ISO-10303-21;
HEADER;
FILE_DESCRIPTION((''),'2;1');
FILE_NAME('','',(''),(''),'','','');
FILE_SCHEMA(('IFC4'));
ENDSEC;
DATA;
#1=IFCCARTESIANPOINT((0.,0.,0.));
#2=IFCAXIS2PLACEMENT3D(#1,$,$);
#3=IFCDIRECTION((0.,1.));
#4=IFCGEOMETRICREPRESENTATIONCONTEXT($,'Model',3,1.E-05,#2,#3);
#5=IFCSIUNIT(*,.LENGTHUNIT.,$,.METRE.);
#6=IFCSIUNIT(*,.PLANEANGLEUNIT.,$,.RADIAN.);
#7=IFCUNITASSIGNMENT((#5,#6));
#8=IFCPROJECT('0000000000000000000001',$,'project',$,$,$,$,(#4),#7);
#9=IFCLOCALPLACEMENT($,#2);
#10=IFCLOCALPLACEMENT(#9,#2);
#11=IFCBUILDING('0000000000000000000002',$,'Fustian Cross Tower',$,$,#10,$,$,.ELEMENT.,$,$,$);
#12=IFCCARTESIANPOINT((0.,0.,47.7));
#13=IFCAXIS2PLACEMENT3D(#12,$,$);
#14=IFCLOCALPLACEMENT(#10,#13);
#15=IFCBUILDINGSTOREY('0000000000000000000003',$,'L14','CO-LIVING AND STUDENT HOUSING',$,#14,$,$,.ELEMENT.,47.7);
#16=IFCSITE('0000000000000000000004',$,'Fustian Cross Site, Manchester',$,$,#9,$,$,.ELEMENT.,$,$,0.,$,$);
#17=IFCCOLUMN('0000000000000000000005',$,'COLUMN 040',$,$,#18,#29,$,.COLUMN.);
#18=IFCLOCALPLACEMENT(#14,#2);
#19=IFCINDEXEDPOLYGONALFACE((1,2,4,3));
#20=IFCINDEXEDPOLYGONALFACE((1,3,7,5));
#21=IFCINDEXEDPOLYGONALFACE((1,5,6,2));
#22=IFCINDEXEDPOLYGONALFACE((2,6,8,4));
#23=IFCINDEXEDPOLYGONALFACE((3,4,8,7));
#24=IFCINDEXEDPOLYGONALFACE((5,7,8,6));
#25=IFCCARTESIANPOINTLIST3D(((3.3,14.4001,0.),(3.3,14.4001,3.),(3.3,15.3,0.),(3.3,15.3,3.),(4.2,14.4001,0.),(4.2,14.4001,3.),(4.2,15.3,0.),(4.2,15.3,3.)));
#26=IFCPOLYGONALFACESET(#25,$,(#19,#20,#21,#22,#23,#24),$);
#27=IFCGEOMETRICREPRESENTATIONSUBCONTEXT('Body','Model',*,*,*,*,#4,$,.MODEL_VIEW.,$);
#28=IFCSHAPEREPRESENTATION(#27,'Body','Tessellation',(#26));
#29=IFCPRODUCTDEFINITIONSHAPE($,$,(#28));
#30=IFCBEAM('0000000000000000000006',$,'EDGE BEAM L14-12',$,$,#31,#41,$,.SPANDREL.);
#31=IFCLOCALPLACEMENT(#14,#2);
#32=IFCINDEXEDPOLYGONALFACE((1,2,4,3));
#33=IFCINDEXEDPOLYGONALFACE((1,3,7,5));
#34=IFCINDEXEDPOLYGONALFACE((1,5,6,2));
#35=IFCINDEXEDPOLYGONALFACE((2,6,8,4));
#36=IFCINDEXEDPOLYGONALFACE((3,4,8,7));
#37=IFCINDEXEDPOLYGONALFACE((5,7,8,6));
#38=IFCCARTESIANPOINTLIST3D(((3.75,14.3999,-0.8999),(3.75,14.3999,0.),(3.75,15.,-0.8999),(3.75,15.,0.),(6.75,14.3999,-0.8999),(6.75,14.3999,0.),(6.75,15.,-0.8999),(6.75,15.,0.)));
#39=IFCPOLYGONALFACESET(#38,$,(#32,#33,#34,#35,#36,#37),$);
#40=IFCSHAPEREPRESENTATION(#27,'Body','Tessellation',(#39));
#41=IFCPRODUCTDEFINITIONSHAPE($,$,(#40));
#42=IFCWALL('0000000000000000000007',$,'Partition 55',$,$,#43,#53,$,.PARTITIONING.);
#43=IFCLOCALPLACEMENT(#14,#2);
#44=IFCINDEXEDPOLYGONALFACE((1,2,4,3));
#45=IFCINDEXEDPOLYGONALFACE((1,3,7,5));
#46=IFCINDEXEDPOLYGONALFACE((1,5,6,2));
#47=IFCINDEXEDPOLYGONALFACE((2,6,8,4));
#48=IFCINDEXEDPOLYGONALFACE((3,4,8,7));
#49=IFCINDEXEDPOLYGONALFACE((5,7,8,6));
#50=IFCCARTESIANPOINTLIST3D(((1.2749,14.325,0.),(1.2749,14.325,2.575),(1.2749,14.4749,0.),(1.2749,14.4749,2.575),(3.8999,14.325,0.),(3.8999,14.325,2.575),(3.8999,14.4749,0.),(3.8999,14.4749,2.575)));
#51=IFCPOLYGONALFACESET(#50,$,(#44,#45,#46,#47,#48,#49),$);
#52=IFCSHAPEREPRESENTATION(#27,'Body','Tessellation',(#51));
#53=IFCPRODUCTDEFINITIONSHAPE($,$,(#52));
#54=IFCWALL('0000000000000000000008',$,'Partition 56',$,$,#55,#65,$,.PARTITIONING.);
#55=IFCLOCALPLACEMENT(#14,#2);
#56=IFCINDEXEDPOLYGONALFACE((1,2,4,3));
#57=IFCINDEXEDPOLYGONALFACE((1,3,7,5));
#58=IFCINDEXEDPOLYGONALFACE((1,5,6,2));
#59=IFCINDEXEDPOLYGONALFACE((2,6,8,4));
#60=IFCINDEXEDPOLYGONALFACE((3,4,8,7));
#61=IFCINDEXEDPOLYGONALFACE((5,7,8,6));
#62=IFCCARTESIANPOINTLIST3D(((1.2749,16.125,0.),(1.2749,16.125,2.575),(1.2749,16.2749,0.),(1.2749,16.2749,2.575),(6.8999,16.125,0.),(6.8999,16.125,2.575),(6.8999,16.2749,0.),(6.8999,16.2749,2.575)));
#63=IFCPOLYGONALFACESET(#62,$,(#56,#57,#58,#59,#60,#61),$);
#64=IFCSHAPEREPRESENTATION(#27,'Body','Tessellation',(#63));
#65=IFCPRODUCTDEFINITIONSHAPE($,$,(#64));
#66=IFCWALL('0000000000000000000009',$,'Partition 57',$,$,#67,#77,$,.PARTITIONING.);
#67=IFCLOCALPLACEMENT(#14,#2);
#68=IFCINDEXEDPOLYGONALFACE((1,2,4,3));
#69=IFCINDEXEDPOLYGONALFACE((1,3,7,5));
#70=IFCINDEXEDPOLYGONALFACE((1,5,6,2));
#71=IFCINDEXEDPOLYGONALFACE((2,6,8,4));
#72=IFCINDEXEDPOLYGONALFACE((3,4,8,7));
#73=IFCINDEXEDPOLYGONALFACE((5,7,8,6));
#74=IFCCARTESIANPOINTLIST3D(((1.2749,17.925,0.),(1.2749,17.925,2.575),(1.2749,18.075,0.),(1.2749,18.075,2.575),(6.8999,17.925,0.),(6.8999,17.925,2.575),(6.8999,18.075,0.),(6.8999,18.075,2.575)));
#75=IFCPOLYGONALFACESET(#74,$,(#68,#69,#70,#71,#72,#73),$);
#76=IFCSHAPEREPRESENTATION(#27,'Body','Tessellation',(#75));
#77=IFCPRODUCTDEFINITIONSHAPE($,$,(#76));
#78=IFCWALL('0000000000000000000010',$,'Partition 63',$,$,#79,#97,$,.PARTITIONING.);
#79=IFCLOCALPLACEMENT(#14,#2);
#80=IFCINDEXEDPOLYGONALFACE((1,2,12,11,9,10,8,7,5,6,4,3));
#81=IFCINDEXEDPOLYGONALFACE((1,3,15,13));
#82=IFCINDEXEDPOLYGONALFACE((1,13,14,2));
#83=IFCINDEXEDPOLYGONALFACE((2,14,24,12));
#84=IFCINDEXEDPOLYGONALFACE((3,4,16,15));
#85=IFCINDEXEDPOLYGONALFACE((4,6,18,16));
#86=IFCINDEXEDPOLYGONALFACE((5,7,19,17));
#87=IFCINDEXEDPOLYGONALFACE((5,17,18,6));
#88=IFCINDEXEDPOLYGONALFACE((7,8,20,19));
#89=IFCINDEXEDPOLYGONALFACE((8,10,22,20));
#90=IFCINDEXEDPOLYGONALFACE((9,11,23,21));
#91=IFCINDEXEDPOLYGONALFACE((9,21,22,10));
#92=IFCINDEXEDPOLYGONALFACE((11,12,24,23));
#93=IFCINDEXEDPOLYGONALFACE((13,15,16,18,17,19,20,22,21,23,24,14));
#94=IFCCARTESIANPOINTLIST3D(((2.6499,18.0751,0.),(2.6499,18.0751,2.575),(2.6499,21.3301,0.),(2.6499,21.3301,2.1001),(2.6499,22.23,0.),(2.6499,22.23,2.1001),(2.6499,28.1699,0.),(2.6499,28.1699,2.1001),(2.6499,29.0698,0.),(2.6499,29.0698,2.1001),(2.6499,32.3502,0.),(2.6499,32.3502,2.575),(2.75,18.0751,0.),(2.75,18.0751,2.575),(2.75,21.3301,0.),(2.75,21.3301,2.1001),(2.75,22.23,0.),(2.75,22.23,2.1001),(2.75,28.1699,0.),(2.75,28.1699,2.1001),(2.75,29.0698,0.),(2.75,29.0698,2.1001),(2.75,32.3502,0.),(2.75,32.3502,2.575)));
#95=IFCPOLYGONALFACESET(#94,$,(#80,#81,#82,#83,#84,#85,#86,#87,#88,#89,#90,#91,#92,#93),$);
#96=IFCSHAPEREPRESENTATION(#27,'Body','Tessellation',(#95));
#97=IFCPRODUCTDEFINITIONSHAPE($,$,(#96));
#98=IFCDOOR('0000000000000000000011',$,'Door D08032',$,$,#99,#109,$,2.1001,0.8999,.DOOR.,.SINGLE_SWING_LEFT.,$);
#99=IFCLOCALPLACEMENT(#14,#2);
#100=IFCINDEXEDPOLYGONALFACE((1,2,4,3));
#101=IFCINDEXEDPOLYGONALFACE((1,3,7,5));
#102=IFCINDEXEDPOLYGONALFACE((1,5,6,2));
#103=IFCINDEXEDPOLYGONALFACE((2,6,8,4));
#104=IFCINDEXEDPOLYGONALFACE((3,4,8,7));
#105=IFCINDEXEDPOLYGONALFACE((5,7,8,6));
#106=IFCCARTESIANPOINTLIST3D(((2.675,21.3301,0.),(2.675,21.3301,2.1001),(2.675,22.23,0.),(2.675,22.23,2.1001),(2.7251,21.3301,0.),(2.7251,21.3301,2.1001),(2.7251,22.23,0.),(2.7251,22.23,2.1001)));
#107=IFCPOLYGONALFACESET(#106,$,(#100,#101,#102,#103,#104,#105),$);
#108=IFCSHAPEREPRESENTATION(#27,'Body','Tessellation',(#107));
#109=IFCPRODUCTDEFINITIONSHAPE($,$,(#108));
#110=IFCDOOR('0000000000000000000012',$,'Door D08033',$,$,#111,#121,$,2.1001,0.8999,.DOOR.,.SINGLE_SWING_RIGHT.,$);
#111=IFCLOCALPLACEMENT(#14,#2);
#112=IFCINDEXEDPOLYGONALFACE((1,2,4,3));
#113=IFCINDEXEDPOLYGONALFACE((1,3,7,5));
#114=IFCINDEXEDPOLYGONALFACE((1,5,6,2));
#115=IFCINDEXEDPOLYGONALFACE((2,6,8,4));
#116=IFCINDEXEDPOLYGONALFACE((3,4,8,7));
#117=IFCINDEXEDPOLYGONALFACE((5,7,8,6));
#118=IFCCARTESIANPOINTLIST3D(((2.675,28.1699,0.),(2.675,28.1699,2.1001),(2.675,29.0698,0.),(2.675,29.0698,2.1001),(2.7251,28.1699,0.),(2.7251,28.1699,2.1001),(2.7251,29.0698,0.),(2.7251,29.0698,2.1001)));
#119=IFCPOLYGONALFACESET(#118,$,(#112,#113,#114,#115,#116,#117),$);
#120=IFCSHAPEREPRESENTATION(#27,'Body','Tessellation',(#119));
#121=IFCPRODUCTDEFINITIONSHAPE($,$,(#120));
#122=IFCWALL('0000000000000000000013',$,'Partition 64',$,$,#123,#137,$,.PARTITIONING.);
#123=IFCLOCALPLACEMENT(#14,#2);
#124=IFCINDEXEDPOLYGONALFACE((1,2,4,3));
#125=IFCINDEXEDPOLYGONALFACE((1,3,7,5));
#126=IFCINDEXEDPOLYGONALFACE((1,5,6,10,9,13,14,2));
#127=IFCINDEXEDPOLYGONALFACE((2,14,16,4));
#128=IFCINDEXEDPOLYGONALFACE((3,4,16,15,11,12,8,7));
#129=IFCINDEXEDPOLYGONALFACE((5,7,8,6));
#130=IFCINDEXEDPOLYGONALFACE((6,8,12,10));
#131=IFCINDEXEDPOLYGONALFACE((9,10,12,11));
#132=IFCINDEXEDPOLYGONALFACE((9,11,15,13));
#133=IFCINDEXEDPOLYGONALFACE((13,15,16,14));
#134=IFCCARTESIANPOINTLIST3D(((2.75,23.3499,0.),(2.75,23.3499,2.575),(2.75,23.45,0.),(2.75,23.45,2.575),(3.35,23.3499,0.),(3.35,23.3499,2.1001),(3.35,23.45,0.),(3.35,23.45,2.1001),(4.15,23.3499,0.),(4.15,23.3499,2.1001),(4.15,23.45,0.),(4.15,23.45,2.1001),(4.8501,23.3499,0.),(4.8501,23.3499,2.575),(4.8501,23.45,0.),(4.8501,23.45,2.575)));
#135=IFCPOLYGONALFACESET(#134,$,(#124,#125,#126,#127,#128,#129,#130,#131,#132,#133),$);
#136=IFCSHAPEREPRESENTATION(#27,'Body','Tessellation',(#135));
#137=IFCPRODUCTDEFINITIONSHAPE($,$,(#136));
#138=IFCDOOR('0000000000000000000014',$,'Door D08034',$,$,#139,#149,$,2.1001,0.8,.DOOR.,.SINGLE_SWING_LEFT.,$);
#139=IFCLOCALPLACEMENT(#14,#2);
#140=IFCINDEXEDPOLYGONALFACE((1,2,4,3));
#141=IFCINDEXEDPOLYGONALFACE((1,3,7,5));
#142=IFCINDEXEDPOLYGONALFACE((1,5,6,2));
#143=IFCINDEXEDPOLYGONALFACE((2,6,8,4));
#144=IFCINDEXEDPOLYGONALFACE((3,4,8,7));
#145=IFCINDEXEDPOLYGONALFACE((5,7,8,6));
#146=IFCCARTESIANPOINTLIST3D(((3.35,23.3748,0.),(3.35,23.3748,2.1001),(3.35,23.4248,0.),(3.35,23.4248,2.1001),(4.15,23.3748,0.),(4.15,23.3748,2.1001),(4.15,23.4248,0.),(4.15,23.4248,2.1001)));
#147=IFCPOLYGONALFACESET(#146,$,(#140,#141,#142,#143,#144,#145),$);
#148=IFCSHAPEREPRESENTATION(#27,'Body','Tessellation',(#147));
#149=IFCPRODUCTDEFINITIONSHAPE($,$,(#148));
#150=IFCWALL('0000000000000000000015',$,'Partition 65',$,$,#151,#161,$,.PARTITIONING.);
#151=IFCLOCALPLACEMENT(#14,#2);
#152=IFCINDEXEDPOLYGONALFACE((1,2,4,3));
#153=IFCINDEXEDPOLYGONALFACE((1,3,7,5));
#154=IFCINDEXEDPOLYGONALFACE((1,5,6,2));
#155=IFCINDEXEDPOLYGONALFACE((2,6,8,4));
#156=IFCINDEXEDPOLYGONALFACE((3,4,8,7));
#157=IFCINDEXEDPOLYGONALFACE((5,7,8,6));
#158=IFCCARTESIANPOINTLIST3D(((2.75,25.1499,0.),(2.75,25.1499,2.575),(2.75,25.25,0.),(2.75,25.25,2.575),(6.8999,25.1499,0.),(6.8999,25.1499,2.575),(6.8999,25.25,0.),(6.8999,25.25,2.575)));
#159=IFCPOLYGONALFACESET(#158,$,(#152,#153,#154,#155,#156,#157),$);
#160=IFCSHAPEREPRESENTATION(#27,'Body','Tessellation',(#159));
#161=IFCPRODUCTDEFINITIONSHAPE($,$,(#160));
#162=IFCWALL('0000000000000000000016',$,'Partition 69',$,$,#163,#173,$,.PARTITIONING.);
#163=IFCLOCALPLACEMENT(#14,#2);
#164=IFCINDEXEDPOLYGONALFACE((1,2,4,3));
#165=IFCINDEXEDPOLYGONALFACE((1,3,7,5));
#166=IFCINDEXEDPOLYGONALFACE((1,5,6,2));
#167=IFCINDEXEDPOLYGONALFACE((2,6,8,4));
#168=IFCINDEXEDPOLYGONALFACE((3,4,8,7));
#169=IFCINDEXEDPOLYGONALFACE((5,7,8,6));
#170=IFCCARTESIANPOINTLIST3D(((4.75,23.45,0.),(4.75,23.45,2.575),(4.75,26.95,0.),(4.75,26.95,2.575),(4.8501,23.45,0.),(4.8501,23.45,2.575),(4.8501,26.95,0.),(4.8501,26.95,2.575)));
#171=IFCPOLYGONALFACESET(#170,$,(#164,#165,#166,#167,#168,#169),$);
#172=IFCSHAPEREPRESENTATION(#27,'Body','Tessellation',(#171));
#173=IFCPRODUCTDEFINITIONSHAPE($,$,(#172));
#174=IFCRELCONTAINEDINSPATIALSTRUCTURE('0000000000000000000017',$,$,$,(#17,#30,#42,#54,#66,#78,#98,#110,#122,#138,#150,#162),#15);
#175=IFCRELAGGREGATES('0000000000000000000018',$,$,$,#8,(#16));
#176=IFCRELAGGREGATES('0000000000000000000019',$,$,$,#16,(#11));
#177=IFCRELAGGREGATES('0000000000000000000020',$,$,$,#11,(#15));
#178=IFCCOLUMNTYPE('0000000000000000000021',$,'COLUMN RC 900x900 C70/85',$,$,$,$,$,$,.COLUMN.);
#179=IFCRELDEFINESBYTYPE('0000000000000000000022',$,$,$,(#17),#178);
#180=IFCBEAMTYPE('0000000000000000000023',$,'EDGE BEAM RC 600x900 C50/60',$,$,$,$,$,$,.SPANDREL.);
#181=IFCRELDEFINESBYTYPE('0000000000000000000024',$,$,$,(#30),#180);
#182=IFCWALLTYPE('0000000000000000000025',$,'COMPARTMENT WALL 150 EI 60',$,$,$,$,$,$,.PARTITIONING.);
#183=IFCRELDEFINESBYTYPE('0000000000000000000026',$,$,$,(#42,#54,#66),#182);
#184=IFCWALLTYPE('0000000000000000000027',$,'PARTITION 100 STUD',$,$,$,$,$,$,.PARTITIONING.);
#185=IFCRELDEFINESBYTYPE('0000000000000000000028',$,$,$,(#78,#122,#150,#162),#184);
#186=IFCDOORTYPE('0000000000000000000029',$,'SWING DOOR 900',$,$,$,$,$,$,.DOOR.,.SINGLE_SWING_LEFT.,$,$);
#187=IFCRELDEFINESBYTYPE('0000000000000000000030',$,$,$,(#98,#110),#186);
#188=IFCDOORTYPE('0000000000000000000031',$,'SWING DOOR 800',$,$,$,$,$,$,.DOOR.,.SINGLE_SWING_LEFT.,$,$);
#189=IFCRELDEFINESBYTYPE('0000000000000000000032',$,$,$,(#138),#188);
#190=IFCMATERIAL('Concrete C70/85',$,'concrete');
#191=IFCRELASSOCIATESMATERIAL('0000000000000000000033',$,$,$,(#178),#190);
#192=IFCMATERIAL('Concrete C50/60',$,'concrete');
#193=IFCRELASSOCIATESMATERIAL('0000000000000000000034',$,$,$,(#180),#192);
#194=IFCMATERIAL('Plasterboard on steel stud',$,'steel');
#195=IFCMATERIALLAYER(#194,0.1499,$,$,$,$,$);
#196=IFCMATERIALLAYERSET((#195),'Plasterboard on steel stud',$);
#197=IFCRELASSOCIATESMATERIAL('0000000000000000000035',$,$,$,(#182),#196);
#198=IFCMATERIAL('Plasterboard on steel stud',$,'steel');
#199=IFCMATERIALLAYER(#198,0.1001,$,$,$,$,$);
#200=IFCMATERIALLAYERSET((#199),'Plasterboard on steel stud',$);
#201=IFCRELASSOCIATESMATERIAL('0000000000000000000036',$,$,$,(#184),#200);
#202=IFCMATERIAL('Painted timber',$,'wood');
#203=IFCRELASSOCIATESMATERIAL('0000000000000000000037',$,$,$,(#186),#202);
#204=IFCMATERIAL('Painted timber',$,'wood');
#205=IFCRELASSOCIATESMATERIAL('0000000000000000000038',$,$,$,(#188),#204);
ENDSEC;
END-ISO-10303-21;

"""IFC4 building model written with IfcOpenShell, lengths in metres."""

from ifc_helpers import new_model, si_unit, direction, frame, frame_2d, origin, origin_2d, place, context, subcontext, project, spatial, rectangle, extrude, material, layer, layer_set, material_profile, profile_set, type_object, element, fill, save


model = new_model("IFC4")

# Units and contexts
model_context = context("Model", 3, precision=1e-05, world=origin(), true_north=direction((0.0, 1.0)))
body_context = subcontext(model_context, "Body", "Model", "MODEL_VIEW")
ifc_project = project(units=[si_unit("LENGTHUNIT", "METRE"), si_unit("PLANEANGLEUNIT", "RADIAN")], contexts=[model_context])

# Site, building, storey
site_placement = place(None, origin())
site = spatial("IfcSite", under=ifc_project, at=site_placement, Name="Fustian Cross Site, Manchester", CompositionType="ELEMENT", RefElevation=0.0)
building_placement = place(site_placement, origin())
building = spatial("IfcBuilding", under=site, at=building_placement, Name="Fustian Cross Tower", CompositionType="ELEMENT")
storey_placement = place(building_placement, frame((0.0, 0.0, 47.7)))
storey = spatial("IfcBuildingStorey", under=building, at=storey_placement, Name="L14", Description="CO-LIVING AND STUDENT HOUSING", CompositionType="ELEMENT", Elevation=47.7)

# Column
ifc_material_1 = material(Name="Concrete C70/85", Category="concrete")
ifc_material_profile_1 = material_profile(ifc_material_1, rectangle(XDim=0.8999, YDim=0.8999, at=origin_2d()), Name="RC 900x900")
ifc_profile_set_1 = profile_set([ifc_material_profile_1], Name="Concrete C70/85")
column_type = type_object("IfcColumnType", Name="COLUMN RC 900x900 C70/85", PredefinedType="COLUMN", material=ifc_profile_set_1)
column_placement = place(storey_placement, frame((3.75, 14.8501, 0.0), z_axis=(0.0, 0.0, 1.0), x_axis=(1.0, 0.0, 0.0)))
element("IfcColumn", 1, at=column_placement, inside=storey, type_object=column_type, Name="COLUMN 040", PredefinedType="COLUMN", context=body_context, shape_type="SweptSolid", body=[
    extrude(rectangle(XDim=0.8999, YDim=0.8999, at=origin_2d()), origin(), (0.0, 0.0, 1.0), 3.0),
])

# Beam
ifc_material_2 = material(Name="Concrete C50/60", Category="concrete")
ifc_material_profile_2 = material_profile(ifc_material_2, rectangle(XDim=0.6001, YDim=0.8999, at=origin_2d()), Name="RC 600x900")
ifc_profile_set_2 = profile_set([ifc_material_profile_2], Name="Concrete C50/60")
beam_type = type_object("IfcBeamType", Name="EDGE BEAM RC 600x900 C50/60", PredefinedType="SPANDREL", material=ifc_profile_set_2)
beam_placement = place(storey_placement, frame((3.75, 14.7, -0.45), z_axis=(1.0, 0.0, 0.0), x_axis=(0.0, 1.0, 0.0)))
element("IfcBeam", 2, at=beam_placement, inside=storey, type_object=beam_type, Name="EDGE BEAM L14-12", PredefinedType="SPANDREL", context=body_context, shape_type="SweptSolid", body=[
    extrude(rectangle(XDim=0.6001, YDim=0.8999, at=origin_2d()), origin(), (0.0, 0.0, 1.0), 3.0),
])

# Walls
ifc_material_3 = material(Name="Plasterboard on steel stud", Category="steel")
ifc_layer_1 = layer(ifc_material_3, 0.1499)
ifc_layer_set_1 = layer_set([ifc_layer_1], Name="Plasterboard on steel stud")
wall_type_1 = type_object("IfcWallType", Name="COMPARTMENT WALL 150 EI 60", PredefinedType="PARTITIONING", material=ifc_layer_set_1)
wall_1_placement = place(storey_placement, frame((1.2749, 14.3999, 0.0), z_axis=(0.0, 0.0, 1.0), x_axis=(1.0, 0.0, 0.0)))
element("IfcWall", 3, at=wall_1_placement, inside=storey, type_object=wall_type_1, Name="Partition 55", PredefinedType="PARTITIONING", context=body_context, shape_type="SweptSolid", body=[
    extrude(rectangle(XDim=2.625, YDim=0.1499, at=frame_2d((1.3125, 0.0))), origin(), (0.0, 0.0, 1.0), 2.575),
])
for number, where, z_axis, x_axis, name in (
    (4, (1.2749, 16.2, 0.0), (0.0, 0.0, 1.0), (1.0, 0.0, 0.0), "Partition 56"),
    (5, (1.2749, 18.0, 0.0), (0.0, 0.0, 1.0), (1.0, 0.0, 0.0), "Partition 57"),
):
    element("IfcWall", number, at=place(storey_placement, frame(where, z_axis=z_axis, x_axis=x_axis)), inside=storey, type_object=wall_type_1, Name=name, PredefinedType="PARTITIONING", context=body_context, shape_type="SweptSolid", body=[
        extrude(rectangle(XDim=5.625, YDim=0.1499, at=frame_2d((2.8125, 0.0))), origin(), (0.0, 0.0, 1.0), 2.575),
    ])

# Wall, openings, doors
ifc_material_4 = material(Name="Plasterboard on steel stud", Category="steel")
ifc_layer_2 = layer(ifc_material_4, 0.1001)
ifc_layer_set_2 = layer_set([ifc_layer_2], Name="Plasterboard on steel stud")
wall_type_2 = type_object("IfcWallType", Name="PARTITION 100 STUD", PredefinedType="PARTITIONING", material=ifc_layer_set_2)
wall_2_placement = place(storey_placement, frame((2.7, 18.075, 0.0), z_axis=(0.0, 0.0, 1.0), x_axis=(0.0, 1.0, 0.0)))
wall_2 = element("IfcWall", 6, at=wall_2_placement, inside=storey, type_object=wall_type_2, Name="Partition 63", PredefinedType="PARTITIONING", context=body_context, shape_type="SweptSolid", body=[
    extrude(rectangle(XDim=14.2751, YDim=0.1001, at=frame_2d((7.1377, 0.0))), origin(), (0.0, 0.0, 1.0), 2.575),
])
opening_1_placement = place(wall_2_placement, frame((3.2551, 0.0, 0.0)))
opening_1 = element("IfcOpeningElement", 7, at=opening_1_placement, cuts=wall_2, PredefinedType="OPENING", context=body_context, shape_type="SweptSolid", body=[
    extrude(rectangle(XDim=0.8999, YDim=2.1001, at=frame_2d((0.45, 1.05))), frame((0.0, 0.0601, 0.0), z_axis=(0.0, -1.0, 0.0), x_axis=(1.0, 0.0, 0.0)), (0.0, 0.0, 1.0), 0.1201),
])
opening_2_placement = place(wall_2_placement, frame((10.095, 0.0, 0.0)))
opening_2 = element("IfcOpeningElement", 8, at=opening_2_placement, cuts=wall_2, PredefinedType="OPENING", context=body_context, shape_type="SweptSolid", body=[
    extrude(rectangle(XDim=0.8999, YDim=2.1001, at=frame_2d((0.45, 1.05))), frame((0.0, 0.0601, 0.0), z_axis=(0.0, -1.0, 0.0), x_axis=(1.0, 0.0, 0.0)), (0.0, 0.0, 1.0), 0.1201),
])
ifc_material_5 = material(Name="Painted timber", Category="wood")
door_type_1 = type_object("IfcDoorType", Name="SWING DOOR 900", OperationType="SINGLE_SWING_LEFT", PredefinedType="DOOR", material=ifc_material_5)
door_1_placement = place(opening_1_placement, origin())
door_1 = element("IfcDoor", 9, at=door_1_placement, inside=storey, type_object=door_type_1, Name="Door D08032", OperationType="SINGLE_SWING_LEFT", OverallHeight=2.1001, OverallWidth=0.8999, PredefinedType="DOOR", context=body_context, shape_type="SweptSolid", body=[
    extrude(rectangle(XDim=0.8999, YDim=2.1001, at=frame_2d((0.45, 1.05))), frame((0.0, 0.0249, 0.0), z_axis=(0.0, -1.0, 0.0), x_axis=(1.0, 0.0, 0.0)), (0.0, 0.0, 1.0), 0.05),
])
fill(opening_1, door_1)
door_2_placement = place(opening_2_placement, origin())
door_2 = element("IfcDoor", 10, at=door_2_placement, inside=storey, type_object=door_type_1, Name="Door D08033", OperationType="SINGLE_SWING_RIGHT", OverallHeight=2.1001, OverallWidth=0.8999, PredefinedType="DOOR", context=body_context, shape_type="SweptSolid", body=[
    extrude(rectangle(XDim=0.8999, YDim=2.1001, at=frame_2d((0.45, 1.05))), frame((0.0, 0.0249, 0.0), z_axis=(0.0, -1.0, 0.0), x_axis=(1.0, 0.0, 0.0)), (0.0, 0.0, 1.0), 0.05),
])
fill(opening_2, door_2)

# Wall, opening, door
wall_3_placement = place(storey_placement, frame((2.75, 23.3999, 0.0), z_axis=(0.0, 0.0, 1.0), x_axis=(1.0, 0.0, 0.0)))
wall_3 = element("IfcWall", 11, at=wall_3_placement, inside=storey, type_object=wall_type_2, Name="Partition 64", PredefinedType="PARTITIONING", context=body_context, shape_type="SweptSolid", body=[
    extrude(rectangle(XDim=2.1001, YDim=0.1001, at=frame_2d((1.05, 0.0))), origin(), (0.0, 0.0, 1.0), 2.575),
])
opening_3_placement = place(wall_3_placement, frame((0.6001, 0.0, 0.0)))
opening_3 = element("IfcOpeningElement", 12, at=opening_3_placement, cuts=wall_3, PredefinedType="OPENING", context=body_context, shape_type="SweptSolid", body=[
    extrude(rectangle(XDim=0.8, YDim=2.1001, at=frame_2d((0.3999, 1.05))), frame((0.0, 0.0601, 0.0), z_axis=(0.0, -1.0, 0.0), x_axis=(1.0, 0.0, 0.0)), (0.0, 0.0, 1.0), 0.1201),
])
ifc_material_6 = material(Name="Painted timber", Category="wood")
door_type_2 = type_object("IfcDoorType", Name="SWING DOOR 800", OperationType="SINGLE_SWING_LEFT", PredefinedType="DOOR", material=ifc_material_6)
door_3_placement = place(opening_3_placement, origin())
door_3 = element("IfcDoor", 13, at=door_3_placement, inside=storey, type_object=door_type_2, Name="Door D08034", OperationType="SINGLE_SWING_LEFT", OverallHeight=2.1001, OverallWidth=0.8, PredefinedType="DOOR", context=body_context, shape_type="SweptSolid", body=[
    extrude(rectangle(XDim=0.8, YDim=2.1001, at=frame_2d((0.3999, 1.05))), frame((0.0, 0.0249, 0.0), z_axis=(0.0, -1.0, 0.0), x_axis=(1.0, 0.0, 0.0)), (0.0, 0.0, 1.0), 0.05),
])
fill(opening_3, door_3)

# Walls
wall_4_placement = place(storey_placement, frame((2.75, 25.2, 0.0), z_axis=(0.0, 0.0, 1.0), x_axis=(1.0, 0.0, 0.0)))
element("IfcWall", 14, at=wall_4_placement, inside=storey, type_object=wall_type_2, Name="Partition 65", PredefinedType="PARTITIONING", context=body_context, shape_type="SweptSolid", body=[
    extrude(rectangle(XDim=4.1499, YDim=0.1001, at=frame_2d((2.075, 0.0))), origin(), (0.0, 0.0, 1.0), 2.575),
])
wall_5_placement = place(storey_placement, frame((4.8, 23.45, 0.0), z_axis=(0.0, 0.0, 1.0), x_axis=(0.0, 1.0, 0.0)))
element("IfcWall", 15, at=wall_5_placement, inside=storey, type_object=wall_type_2, Name="Partition 69", PredefinedType="PARTITIONING", context=body_context, shape_type="SweptSolid", body=[
    extrude(rectangle(XDim=3.5, YDim=0.1001, at=frame_2d((1.75, 0.0))), origin(), (0.0, 0.0, 1.0), 2.575),
])

save(model, "model.ifc")
